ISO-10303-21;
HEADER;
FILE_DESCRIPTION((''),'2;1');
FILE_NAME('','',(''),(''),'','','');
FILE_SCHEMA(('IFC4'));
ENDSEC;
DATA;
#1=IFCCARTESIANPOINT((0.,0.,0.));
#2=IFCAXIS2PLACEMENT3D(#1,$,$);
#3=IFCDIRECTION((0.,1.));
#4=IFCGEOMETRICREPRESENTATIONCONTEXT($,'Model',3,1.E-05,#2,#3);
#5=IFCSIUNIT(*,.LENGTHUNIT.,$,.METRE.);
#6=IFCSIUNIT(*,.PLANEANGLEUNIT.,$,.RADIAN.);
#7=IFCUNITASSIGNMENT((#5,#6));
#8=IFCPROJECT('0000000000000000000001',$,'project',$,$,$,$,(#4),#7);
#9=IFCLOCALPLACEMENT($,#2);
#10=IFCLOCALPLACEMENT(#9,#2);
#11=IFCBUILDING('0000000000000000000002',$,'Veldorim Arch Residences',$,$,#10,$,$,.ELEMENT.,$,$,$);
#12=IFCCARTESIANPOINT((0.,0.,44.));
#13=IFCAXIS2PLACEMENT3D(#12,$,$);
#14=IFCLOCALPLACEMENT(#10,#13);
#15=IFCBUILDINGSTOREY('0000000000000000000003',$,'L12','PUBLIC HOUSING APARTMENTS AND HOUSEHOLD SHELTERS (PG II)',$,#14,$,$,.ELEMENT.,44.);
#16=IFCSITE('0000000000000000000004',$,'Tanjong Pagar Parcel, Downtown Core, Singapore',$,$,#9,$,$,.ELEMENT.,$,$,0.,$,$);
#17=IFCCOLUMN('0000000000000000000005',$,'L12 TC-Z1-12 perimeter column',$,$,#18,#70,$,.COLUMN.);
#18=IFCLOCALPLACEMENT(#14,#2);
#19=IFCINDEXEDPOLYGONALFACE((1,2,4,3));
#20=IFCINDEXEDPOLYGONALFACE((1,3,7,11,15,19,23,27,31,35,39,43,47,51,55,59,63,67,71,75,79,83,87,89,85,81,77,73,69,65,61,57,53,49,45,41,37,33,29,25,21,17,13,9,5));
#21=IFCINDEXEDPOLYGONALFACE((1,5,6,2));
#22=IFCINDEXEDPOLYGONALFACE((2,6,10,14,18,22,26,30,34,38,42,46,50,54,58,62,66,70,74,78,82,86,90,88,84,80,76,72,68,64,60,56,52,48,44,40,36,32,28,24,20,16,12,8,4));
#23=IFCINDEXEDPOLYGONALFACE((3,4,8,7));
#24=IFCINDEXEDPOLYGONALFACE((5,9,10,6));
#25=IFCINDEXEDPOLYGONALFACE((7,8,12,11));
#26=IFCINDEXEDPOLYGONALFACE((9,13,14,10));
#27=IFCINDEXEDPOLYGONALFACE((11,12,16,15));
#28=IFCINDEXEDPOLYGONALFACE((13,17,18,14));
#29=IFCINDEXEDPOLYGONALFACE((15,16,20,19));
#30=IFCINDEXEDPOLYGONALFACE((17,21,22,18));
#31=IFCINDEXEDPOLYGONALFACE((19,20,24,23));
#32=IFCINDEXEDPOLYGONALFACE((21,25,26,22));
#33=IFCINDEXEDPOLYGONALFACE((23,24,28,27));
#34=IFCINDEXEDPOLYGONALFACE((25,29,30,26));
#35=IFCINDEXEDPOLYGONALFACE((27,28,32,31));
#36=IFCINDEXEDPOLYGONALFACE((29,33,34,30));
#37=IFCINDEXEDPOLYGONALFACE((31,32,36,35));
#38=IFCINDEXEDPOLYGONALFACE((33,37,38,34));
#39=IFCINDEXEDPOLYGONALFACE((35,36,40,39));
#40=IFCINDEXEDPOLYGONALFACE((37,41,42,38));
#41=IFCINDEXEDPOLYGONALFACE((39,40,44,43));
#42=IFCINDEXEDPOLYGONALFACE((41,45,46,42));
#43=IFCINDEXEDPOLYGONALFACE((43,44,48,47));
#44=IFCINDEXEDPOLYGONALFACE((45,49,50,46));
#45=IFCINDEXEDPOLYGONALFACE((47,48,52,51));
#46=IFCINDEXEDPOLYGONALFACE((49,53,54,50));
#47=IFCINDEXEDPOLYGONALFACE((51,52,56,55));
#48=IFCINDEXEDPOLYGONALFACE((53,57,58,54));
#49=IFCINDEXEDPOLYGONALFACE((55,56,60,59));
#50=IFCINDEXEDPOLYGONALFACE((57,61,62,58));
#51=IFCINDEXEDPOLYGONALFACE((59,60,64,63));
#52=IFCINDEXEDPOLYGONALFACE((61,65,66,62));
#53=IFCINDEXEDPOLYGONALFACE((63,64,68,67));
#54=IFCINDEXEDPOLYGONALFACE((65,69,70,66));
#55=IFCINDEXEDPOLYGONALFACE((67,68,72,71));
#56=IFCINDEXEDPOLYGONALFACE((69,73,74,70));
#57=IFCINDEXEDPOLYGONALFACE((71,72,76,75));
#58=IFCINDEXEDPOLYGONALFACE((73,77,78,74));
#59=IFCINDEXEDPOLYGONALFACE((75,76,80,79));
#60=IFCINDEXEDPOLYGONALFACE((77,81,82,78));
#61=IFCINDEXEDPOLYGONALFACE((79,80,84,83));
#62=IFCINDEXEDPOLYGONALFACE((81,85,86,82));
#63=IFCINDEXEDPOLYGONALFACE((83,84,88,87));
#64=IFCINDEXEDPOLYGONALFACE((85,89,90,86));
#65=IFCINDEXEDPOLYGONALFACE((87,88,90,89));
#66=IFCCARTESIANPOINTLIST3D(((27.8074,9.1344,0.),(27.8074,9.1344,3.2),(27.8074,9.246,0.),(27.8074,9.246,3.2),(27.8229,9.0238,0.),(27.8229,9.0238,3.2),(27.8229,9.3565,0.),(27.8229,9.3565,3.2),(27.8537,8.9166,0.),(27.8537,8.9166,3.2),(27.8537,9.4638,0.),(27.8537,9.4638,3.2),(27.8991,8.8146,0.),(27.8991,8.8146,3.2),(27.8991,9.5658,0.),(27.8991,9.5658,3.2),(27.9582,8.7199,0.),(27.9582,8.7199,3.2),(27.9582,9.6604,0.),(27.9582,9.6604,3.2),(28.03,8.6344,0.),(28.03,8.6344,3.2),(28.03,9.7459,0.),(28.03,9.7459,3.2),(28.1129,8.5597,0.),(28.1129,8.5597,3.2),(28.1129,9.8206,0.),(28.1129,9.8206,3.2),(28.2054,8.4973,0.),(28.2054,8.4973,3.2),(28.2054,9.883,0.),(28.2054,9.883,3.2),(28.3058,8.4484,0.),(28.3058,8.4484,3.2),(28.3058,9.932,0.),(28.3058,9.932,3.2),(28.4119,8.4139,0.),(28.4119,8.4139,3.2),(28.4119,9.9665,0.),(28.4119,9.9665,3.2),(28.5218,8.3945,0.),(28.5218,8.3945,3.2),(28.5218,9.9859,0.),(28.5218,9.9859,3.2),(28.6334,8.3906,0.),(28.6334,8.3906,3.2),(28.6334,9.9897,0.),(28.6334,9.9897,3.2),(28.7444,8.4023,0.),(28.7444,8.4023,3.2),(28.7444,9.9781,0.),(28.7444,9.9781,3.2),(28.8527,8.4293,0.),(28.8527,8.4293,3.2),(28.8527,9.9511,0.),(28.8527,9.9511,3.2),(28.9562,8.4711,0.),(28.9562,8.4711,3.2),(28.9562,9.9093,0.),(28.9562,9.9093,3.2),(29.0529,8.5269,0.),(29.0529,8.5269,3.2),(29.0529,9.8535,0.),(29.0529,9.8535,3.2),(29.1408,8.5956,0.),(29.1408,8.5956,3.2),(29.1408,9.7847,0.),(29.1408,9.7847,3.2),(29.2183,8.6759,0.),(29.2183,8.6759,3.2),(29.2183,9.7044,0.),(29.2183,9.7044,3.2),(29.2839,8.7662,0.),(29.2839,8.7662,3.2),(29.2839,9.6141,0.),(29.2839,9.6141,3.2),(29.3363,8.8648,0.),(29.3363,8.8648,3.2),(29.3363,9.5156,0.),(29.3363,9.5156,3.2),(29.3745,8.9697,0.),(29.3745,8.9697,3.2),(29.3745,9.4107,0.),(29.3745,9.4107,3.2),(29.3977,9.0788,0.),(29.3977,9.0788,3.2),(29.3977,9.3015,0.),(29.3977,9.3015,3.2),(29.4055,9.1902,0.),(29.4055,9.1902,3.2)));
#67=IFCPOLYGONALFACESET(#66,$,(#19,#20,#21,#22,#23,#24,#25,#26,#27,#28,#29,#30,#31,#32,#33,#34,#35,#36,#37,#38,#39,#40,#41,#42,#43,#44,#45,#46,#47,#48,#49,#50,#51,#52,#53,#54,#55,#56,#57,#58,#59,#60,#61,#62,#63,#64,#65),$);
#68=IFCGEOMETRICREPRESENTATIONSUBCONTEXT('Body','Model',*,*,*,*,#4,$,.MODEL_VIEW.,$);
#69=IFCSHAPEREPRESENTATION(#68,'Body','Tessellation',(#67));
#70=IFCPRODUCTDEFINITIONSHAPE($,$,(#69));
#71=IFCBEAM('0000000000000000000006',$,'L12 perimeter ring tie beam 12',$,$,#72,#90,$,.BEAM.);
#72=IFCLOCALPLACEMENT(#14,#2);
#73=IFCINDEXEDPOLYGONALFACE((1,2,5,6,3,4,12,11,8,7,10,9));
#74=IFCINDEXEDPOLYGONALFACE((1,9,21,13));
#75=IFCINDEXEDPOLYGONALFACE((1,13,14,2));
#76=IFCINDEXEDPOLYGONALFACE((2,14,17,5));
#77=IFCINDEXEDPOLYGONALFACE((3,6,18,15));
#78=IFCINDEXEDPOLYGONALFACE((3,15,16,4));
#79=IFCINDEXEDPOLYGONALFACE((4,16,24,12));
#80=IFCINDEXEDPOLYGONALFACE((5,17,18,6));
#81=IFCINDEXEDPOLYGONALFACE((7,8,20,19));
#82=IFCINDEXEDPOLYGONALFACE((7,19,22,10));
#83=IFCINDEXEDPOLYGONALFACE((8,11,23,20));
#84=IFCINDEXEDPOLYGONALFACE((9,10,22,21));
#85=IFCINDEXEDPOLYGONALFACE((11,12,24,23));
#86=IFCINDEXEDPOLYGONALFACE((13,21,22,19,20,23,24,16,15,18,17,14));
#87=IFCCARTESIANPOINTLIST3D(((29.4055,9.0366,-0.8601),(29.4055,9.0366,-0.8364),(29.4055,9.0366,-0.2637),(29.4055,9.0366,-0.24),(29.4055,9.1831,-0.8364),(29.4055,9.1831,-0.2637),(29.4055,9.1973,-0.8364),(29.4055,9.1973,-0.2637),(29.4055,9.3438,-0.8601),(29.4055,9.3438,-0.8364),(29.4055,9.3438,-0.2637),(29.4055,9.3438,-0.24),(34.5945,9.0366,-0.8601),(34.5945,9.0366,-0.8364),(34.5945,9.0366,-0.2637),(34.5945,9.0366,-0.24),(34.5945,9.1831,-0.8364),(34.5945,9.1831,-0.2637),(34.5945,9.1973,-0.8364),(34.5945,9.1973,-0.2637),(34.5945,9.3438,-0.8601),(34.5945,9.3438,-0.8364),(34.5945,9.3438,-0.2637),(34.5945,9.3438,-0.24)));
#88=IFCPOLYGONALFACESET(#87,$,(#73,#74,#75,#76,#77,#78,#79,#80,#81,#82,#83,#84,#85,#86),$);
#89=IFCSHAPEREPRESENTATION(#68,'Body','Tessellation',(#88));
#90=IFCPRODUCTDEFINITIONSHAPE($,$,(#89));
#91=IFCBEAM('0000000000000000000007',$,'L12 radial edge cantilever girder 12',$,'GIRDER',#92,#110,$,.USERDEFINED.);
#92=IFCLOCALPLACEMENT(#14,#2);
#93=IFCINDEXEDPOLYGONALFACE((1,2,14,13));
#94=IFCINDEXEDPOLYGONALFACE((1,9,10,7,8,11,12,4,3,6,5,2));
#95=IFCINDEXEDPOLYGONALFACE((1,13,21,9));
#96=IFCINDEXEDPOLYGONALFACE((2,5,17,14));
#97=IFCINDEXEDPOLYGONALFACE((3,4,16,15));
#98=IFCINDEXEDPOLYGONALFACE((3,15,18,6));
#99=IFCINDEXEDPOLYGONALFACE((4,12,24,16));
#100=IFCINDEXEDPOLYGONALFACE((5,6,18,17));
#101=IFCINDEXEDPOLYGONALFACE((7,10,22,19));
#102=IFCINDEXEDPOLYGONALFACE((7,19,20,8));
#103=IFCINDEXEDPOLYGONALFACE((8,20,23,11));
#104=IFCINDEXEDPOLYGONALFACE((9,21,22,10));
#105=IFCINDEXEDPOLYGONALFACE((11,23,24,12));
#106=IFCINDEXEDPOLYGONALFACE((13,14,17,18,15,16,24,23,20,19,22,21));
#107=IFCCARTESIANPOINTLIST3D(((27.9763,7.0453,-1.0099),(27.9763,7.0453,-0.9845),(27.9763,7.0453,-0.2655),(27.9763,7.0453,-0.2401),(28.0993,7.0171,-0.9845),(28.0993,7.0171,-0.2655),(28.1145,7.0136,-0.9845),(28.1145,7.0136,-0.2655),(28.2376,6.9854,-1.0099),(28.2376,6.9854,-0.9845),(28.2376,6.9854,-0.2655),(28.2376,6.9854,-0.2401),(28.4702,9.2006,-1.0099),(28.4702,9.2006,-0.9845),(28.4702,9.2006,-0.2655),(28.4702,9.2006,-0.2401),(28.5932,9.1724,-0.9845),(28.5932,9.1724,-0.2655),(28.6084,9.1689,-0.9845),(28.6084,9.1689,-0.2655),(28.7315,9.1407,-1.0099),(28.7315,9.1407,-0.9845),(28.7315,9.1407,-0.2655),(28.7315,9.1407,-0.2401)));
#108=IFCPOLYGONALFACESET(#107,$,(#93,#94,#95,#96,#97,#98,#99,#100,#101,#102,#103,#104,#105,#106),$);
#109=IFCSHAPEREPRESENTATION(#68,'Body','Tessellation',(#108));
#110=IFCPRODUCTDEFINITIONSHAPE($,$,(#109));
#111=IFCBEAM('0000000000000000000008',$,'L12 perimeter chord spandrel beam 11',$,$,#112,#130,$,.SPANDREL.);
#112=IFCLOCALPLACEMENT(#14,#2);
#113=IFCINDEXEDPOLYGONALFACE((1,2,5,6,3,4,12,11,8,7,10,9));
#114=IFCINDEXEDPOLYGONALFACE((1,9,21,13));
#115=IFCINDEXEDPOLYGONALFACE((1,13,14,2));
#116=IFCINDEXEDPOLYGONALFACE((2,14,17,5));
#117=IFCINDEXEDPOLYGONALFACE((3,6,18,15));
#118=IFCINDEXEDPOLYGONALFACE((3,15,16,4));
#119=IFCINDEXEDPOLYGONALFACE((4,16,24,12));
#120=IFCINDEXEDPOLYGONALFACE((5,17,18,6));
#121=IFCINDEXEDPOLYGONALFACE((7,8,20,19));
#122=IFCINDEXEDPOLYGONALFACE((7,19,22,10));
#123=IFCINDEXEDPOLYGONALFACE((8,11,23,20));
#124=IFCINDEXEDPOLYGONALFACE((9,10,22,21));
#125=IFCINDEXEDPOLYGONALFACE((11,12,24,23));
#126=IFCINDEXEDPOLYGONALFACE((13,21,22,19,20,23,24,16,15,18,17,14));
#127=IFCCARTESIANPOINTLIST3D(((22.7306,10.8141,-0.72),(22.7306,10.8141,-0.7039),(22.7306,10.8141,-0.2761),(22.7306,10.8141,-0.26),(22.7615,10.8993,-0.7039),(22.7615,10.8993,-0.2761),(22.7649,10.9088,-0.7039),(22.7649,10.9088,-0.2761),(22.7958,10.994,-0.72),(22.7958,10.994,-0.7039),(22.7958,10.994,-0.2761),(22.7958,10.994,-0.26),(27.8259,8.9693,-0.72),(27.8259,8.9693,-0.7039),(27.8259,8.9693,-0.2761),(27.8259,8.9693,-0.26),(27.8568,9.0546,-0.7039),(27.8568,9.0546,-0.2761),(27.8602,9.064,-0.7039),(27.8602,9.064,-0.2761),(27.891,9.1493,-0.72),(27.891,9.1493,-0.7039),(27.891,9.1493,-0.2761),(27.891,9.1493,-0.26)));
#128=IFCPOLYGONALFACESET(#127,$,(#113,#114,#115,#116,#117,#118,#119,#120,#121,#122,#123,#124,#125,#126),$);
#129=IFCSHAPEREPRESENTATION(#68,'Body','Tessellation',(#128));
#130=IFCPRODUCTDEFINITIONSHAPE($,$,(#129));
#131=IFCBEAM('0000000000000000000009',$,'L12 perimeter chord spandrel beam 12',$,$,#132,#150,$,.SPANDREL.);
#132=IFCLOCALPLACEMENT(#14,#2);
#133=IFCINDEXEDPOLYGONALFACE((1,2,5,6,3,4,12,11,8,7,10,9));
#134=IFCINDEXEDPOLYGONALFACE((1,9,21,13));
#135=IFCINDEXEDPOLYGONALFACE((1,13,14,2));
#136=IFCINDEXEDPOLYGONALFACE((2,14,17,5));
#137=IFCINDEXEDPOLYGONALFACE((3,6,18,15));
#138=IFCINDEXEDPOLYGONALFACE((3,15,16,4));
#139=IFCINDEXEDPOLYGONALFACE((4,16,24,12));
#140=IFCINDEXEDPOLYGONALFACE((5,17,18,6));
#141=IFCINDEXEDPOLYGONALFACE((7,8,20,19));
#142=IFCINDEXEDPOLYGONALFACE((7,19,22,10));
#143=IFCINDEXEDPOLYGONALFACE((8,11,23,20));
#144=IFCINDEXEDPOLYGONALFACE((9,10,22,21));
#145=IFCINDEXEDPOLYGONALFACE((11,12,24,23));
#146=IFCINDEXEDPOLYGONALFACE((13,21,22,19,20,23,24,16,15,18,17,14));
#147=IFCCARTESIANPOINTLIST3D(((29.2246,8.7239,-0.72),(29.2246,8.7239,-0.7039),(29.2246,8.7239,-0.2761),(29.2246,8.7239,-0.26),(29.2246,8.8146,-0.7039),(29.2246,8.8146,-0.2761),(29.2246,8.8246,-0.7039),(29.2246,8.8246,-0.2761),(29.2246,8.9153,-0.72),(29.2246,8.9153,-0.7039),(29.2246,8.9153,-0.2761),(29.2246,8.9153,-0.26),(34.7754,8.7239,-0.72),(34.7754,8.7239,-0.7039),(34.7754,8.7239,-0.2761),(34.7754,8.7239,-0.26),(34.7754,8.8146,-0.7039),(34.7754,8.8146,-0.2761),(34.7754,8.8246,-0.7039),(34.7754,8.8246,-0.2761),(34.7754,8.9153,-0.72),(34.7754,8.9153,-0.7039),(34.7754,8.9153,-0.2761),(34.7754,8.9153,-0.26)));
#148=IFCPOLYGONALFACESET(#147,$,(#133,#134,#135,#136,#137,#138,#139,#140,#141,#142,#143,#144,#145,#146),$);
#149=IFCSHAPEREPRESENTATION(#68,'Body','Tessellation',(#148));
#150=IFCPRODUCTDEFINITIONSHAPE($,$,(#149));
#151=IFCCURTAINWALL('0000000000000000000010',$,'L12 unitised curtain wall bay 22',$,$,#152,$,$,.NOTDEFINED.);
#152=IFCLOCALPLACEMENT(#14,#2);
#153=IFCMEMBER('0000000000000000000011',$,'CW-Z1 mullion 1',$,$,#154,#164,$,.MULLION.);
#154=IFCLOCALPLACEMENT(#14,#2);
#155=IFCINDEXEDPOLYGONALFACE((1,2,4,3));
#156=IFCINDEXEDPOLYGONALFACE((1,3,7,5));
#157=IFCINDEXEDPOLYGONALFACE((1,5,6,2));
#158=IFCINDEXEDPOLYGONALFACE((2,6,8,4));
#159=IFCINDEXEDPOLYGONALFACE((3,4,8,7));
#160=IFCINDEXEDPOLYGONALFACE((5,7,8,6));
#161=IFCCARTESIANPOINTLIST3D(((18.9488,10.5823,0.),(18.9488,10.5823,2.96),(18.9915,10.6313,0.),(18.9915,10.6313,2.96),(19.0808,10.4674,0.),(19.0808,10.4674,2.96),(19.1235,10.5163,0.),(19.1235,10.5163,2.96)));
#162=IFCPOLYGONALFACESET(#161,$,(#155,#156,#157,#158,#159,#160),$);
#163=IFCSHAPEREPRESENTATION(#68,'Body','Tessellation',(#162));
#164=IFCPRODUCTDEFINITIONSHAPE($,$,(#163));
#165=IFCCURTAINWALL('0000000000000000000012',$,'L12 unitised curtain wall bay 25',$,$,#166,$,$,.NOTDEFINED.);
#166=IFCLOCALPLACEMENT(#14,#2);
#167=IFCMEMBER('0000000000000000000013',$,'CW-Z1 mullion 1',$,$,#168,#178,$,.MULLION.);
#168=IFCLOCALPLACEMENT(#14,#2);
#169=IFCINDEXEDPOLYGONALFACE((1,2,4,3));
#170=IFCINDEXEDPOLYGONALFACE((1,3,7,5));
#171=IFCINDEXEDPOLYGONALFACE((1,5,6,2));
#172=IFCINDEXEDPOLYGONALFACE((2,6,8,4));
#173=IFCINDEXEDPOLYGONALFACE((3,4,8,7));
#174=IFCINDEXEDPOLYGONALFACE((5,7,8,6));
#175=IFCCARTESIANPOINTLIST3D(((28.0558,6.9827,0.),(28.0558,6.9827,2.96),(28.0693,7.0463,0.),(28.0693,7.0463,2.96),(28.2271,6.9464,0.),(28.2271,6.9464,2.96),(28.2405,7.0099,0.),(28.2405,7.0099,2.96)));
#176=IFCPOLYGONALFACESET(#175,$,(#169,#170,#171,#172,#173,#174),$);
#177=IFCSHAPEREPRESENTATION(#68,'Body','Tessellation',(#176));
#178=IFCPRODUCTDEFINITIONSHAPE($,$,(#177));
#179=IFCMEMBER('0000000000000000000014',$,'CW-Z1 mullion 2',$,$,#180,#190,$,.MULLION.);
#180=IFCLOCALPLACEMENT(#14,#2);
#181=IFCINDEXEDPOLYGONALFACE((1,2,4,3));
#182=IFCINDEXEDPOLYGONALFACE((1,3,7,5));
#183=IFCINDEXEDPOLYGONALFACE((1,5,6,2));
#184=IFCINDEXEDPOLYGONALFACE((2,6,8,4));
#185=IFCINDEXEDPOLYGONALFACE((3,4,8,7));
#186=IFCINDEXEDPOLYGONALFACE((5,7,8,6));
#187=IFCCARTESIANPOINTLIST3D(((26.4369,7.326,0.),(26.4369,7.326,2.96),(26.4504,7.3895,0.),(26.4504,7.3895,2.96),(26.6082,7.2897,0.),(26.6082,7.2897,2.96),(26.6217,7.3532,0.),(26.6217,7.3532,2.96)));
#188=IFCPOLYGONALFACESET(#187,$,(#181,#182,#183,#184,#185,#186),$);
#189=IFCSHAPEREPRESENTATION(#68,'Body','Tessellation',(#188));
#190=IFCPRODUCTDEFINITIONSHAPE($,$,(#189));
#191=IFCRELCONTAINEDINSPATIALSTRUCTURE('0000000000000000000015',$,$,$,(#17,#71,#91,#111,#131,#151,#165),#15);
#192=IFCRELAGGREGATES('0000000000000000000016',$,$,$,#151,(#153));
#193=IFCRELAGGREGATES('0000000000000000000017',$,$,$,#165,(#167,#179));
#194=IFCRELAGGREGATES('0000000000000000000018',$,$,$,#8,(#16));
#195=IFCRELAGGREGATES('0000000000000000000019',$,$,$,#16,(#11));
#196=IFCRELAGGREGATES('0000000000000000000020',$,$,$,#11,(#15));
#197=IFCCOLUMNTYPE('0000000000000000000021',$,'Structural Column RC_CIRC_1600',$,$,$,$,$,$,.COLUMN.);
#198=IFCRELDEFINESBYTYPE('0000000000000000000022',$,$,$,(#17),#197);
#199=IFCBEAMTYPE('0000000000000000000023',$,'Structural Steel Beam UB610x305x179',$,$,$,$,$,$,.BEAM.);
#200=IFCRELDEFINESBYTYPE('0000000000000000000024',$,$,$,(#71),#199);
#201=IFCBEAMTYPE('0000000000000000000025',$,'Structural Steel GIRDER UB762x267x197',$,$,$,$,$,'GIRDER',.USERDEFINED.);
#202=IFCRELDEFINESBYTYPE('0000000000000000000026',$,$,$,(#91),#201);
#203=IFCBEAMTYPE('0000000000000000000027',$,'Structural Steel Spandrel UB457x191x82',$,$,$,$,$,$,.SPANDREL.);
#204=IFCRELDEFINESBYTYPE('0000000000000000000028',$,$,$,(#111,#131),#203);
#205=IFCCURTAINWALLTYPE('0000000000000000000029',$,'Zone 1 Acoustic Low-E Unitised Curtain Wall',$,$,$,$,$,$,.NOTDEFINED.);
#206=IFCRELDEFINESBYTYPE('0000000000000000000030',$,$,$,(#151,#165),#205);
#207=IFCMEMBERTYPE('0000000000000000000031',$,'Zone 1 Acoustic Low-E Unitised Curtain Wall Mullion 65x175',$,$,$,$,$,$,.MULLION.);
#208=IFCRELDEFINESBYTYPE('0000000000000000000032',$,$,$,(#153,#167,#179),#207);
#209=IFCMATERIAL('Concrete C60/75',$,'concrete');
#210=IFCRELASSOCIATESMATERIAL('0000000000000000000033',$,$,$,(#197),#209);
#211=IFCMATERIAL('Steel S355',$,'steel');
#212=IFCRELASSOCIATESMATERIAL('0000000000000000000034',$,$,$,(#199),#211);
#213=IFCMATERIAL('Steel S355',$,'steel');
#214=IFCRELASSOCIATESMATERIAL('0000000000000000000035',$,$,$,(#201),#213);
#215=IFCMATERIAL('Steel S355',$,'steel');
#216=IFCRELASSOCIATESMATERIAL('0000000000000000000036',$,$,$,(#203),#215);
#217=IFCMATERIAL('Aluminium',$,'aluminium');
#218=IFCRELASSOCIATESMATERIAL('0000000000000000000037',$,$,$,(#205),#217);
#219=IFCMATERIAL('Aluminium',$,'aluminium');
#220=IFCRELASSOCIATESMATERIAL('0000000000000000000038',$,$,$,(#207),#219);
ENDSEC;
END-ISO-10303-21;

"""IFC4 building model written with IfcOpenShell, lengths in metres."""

from ifc_helpers import new_model, si_unit, direction, frame, origin, origin_2d, place, context, subcontext, project, spatial, rectangle, circle, i_section, extrude, material, material_profile, profile_set, type_object, element, aggregate, save


model = new_model("IFC4")

# Units and contexts
model_context = context("Model", 3, precision=1e-05, world=origin(), true_north=direction((0.0, 1.0)))
body_context = subcontext(model_context, "Body", "Model", "MODEL_VIEW")
ifc_project = project(units=[si_unit("LENGTHUNIT", "METRE"), si_unit("PLANEANGLEUNIT", "RADIAN")], contexts=[model_context])

# Site, building, storey
site_placement = place(None, origin())
site = spatial("IfcSite", under=ifc_project, at=site_placement, Name="Tanjong Pagar Parcel, Downtown Core, Singapore", CompositionType="ELEMENT", RefElevation=0.0)
building_placement = place(site_placement, origin())
building = spatial("IfcBuilding", under=site, at=building_placement, Name="Veldorim Arch Residences", CompositionType="ELEMENT")
storey_placement = place(building_placement, frame((0.0, 0.0, 44.0)))
storey = spatial("IfcBuildingStorey", under=building, at=storey_placement, Name="L12", Description="PUBLIC HOUSING APARTMENTS AND HOUSEHOLD SHELTERS (PG II)", CompositionType="ELEMENT", Elevation=44.0)

# Column
ifc_material_1 = material(Name="Concrete C60/75", Category="concrete")
ifc_material_profile_1 = material_profile(ifc_material_1, circle(Radius=0.8, at=origin_2d()), Name="RC_CIRC_1600")
ifc_profile_set_1 = profile_set([ifc_material_profile_1], Name="Concrete C60/75")
column_type = type_object("IfcColumnType", Name="Structural Column RC_CIRC_1600", PredefinedType="COLUMN", material=ifc_profile_set_1)
column_placement = place(storey_placement, frame((28.6055, 9.1902, 0.0), z_axis=(0.0, 0.0, 1.0), x_axis=(1.0, 0.0, 0.0)))
element("IfcColumn", 1, at=column_placement, inside=storey, type_object=column_type, Name="L12 TC-Z1-12 perimeter column", PredefinedType="COLUMN", context=body_context, shape_type="SweptSolid", body=[
    extrude(circle(Radius=0.8, at=origin_2d()), origin(), (0.0, 0.0, 1.0), 3.2),
])

# Beams
ifc_material_2 = material(Name="Steel S355", Category="steel")
ifc_material_profile_2 = material_profile(ifc_material_2, i_section(OverallWidth=0.3071, OverallDepth=0.6201, WebThickness=0.0142, FlangeThickness=0.0237, at=origin_2d()), Name="UB610x305x179")
ifc_profile_set_2 = profile_set([ifc_material_profile_2], Name="Steel S355")
beam_type_1 = type_object("IfcBeamType", Name="Structural Steel Beam UB610x305x179", PredefinedType="BEAM", material=ifc_profile_set_2)
beam_1_placement = place(storey_placement, frame((29.4055, 9.1902, -0.55), z_axis=(1.0, 0.0, 0.0), x_axis=(0.0, 1.0, 0.0)))
element("IfcBeam", 2, at=beam_1_placement, inside=storey, type_object=beam_type_1, Name="L12 perimeter ring tie beam 12", PredefinedType="BEAM", context=body_context, shape_type="SweptSolid", body=[
    extrude(i_section(OverallWidth=0.3071, OverallDepth=0.6201, WebThickness=0.0142, FlangeThickness=0.0237, at=origin_2d()), origin(), (0.0, 0.0, 1.0), 5.189),
])
ifc_material_3 = material(Name="Steel S355", Category="steel")
ifc_material_profile_3 = material_profile(ifc_material_3, i_section(OverallWidth=0.2681, OverallDepth=0.7698, WebThickness=0.0156, FlangeThickness=0.0254, at=origin_2d()), Name="UB762x267x197")
ifc_profile_set_3 = profile_set([ifc_material_profile_3], Name="Steel S355")
beam_type_2 = type_object("IfcBeamType", Name="Structural Steel GIRDER UB762x267x197", ElementType="GIRDER", PredefinedType="USERDEFINED", material=ifc_profile_set_3)
beam_2_placement = place(storey_placement, frame((28.6008, 9.1707, -0.625), z_axis=(-0.223367, -0.974734, 0.0), x_axis=(0.974734, -0.223367, 0.0)))
element("IfcBeam", 3, at=beam_2_placement, inside=storey, type_object=beam_type_2, Name="L12 radial edge cantilever girder 12", ObjectType="GIRDER", PredefinedType="USERDEFINED", context=body_context, shape_type="SweptSolid", body=[
    extrude(i_section(OverallWidth=0.2681, OverallDepth=0.7698, WebThickness=0.0156, FlangeThickness=0.0254, at=origin_2d()), origin(), (0.0, 0.0, 1.0), 2.2112),
])
ifc_material_4 = material(Name="Steel S355", Category="steel")
ifc_material_profile_4 = material_profile(ifc_material_4, i_section(OverallWidth=0.1914, OverallDepth=0.46, WebThickness=0.01, FlangeThickness=0.0161, at=origin_2d()), Name="UB457x191x82")
ifc_profile_set_4 = profile_set([ifc_material_profile_4], Name="Steel S355")
beam_type_3 = type_object("IfcBeamType", Name="Structural Steel Spandrel UB457x191x82", PredefinedType="SPANDREL", material=ifc_profile_set_4)
beam_3_placement = place(storey_placement, frame((22.7632, 10.9041, -0.49), z_axis=(0.940271, -0.340426, 0.0), x_axis=(0.340426, 0.940271, 0.0)))
element("IfcBeam", 4, at=beam_3_placement, inside=storey, type_object=beam_type_3, Name="L12 perimeter chord spandrel beam 11", PredefinedType="SPANDREL", context=body_context, shape_type="SweptSolid", body=[
    extrude(i_section(OverallWidth=0.1914, OverallDepth=0.46, WebThickness=0.01, FlangeThickness=0.0161, at=origin_2d()), origin(), (0.0, 0.0, 1.0), 5.4189),
])
beam_4_placement = place(storey_placement, frame((29.2246, 8.8196, -0.49), z_axis=(1.0, 0.0, 0.0), x_axis=(0.0, 1.0, 0.0)))
element("IfcBeam", 5, at=beam_4_placement, inside=storey, type_object=beam_type_3, Name="L12 perimeter chord spandrel beam 12", PredefinedType="SPANDREL", context=body_context, shape_type="SweptSolid", body=[
    extrude(i_section(OverallWidth=0.1914, OverallDepth=0.46, WebThickness=0.01, FlangeThickness=0.0161, at=origin_2d()), origin(), (0.0, 0.0, 1.0), 5.5508),
])

# Curtain wall, member
ifc_material_5 = material(Name="Aluminium", Category="aluminium")
curtain_wall_type = type_object("IfcCurtainWallType", Name="Zone 1 Acoustic Low-E Unitised Curtain Wall", PredefinedType="NOTDEFINED", material=ifc_material_5)
curtain_wall_1_placement = place(storey_placement, origin())
curtain_wall_1 = element("IfcCurtainWall", 6, at=curtain_wall_1_placement, inside=storey, type_object=curtain_wall_type, Name="L12 unitised curtain wall bay 22", PredefinedType="NOTDEFINED")
ifc_material_6 = material(Name="Aluminium", Category="aluminium")
ifc_material_profile_5 = material_profile(ifc_material_6, rectangle(XDim=0.0649, YDim=0.175, at=origin_2d()), Name="ALU_MUL_65x175")
ifc_profile_set_5 = profile_set([ifc_material_profile_5], Name="Aluminium")
member_type_1 = type_object("IfcMemberType", Name="Zone 1 Acoustic Low-E Unitised Curtain Wall Mullion 65x175", PredefinedType="MULLION", material=ifc_profile_set_5)
member_1_placement = place(storey_placement, frame((19.0361, 10.5493, 0.0), z_axis=(0.0, 0.0, 1.0), x_axis=(-0.656719, -0.754136, 0.0)))
member_1 = element("IfcMember", 7, at=member_1_placement, type_object=member_type_1, Name="CW-Z1 mullion 1", PredefinedType="MULLION", context=body_context, shape_type="SweptSolid", body=[
    extrude(rectangle(XDim=0.0649, YDim=0.175, at=origin_2d()), origin(), (0.0, 0.0, 1.0), 2.96),
])
aggregate(curtain_wall_1, [member_1])

# Curtain wall, members
curtain_wall_2_placement = place(storey_placement, origin())
curtain_wall_2 = element("IfcCurtainWall", 8, at=curtain_wall_2_placement, inside=storey, type_object=curtain_wall_type, Name="L12 unitised curtain wall bay 25", PredefinedType="NOTDEFINED")
member_2_placement = place(storey_placement, frame((28.1482, 6.9963, 0.0), z_axis=(0.0, 0.0, 1.0), x_axis=(-0.207442, -0.978247, 0.0)))
member_2 = element("IfcMember", 9, at=member_2_placement, type_object=member_type_1, Name="CW-Z1 mullion 1", PredefinedType="MULLION", context=body_context, shape_type="SweptSolid", body=[
    extrude(rectangle(XDim=0.0649, YDim=0.175, at=origin_2d()), origin(), (0.0, 0.0, 1.0), 2.96),
])
member_3_placement = place(storey_placement, frame((26.5293, 7.3396, 0.0), z_axis=(0.0, 0.0, 1.0), x_axis=(-0.207442, -0.978247, 0.0)))
member_3 = element("IfcMember", 10, at=member_3_placement, type_object=member_type_1, Name="CW-Z1 mullion 2", PredefinedType="MULLION", context=body_context, shape_type="SweptSolid", body=[
    extrude(rectangle(XDim=0.0649, YDim=0.175, at=origin_2d()), origin(), (0.0, 0.0, 1.0), 2.96),
])
aggregate(curtain_wall_2, [member_2, member_3])

save(model, "model.ifc")
